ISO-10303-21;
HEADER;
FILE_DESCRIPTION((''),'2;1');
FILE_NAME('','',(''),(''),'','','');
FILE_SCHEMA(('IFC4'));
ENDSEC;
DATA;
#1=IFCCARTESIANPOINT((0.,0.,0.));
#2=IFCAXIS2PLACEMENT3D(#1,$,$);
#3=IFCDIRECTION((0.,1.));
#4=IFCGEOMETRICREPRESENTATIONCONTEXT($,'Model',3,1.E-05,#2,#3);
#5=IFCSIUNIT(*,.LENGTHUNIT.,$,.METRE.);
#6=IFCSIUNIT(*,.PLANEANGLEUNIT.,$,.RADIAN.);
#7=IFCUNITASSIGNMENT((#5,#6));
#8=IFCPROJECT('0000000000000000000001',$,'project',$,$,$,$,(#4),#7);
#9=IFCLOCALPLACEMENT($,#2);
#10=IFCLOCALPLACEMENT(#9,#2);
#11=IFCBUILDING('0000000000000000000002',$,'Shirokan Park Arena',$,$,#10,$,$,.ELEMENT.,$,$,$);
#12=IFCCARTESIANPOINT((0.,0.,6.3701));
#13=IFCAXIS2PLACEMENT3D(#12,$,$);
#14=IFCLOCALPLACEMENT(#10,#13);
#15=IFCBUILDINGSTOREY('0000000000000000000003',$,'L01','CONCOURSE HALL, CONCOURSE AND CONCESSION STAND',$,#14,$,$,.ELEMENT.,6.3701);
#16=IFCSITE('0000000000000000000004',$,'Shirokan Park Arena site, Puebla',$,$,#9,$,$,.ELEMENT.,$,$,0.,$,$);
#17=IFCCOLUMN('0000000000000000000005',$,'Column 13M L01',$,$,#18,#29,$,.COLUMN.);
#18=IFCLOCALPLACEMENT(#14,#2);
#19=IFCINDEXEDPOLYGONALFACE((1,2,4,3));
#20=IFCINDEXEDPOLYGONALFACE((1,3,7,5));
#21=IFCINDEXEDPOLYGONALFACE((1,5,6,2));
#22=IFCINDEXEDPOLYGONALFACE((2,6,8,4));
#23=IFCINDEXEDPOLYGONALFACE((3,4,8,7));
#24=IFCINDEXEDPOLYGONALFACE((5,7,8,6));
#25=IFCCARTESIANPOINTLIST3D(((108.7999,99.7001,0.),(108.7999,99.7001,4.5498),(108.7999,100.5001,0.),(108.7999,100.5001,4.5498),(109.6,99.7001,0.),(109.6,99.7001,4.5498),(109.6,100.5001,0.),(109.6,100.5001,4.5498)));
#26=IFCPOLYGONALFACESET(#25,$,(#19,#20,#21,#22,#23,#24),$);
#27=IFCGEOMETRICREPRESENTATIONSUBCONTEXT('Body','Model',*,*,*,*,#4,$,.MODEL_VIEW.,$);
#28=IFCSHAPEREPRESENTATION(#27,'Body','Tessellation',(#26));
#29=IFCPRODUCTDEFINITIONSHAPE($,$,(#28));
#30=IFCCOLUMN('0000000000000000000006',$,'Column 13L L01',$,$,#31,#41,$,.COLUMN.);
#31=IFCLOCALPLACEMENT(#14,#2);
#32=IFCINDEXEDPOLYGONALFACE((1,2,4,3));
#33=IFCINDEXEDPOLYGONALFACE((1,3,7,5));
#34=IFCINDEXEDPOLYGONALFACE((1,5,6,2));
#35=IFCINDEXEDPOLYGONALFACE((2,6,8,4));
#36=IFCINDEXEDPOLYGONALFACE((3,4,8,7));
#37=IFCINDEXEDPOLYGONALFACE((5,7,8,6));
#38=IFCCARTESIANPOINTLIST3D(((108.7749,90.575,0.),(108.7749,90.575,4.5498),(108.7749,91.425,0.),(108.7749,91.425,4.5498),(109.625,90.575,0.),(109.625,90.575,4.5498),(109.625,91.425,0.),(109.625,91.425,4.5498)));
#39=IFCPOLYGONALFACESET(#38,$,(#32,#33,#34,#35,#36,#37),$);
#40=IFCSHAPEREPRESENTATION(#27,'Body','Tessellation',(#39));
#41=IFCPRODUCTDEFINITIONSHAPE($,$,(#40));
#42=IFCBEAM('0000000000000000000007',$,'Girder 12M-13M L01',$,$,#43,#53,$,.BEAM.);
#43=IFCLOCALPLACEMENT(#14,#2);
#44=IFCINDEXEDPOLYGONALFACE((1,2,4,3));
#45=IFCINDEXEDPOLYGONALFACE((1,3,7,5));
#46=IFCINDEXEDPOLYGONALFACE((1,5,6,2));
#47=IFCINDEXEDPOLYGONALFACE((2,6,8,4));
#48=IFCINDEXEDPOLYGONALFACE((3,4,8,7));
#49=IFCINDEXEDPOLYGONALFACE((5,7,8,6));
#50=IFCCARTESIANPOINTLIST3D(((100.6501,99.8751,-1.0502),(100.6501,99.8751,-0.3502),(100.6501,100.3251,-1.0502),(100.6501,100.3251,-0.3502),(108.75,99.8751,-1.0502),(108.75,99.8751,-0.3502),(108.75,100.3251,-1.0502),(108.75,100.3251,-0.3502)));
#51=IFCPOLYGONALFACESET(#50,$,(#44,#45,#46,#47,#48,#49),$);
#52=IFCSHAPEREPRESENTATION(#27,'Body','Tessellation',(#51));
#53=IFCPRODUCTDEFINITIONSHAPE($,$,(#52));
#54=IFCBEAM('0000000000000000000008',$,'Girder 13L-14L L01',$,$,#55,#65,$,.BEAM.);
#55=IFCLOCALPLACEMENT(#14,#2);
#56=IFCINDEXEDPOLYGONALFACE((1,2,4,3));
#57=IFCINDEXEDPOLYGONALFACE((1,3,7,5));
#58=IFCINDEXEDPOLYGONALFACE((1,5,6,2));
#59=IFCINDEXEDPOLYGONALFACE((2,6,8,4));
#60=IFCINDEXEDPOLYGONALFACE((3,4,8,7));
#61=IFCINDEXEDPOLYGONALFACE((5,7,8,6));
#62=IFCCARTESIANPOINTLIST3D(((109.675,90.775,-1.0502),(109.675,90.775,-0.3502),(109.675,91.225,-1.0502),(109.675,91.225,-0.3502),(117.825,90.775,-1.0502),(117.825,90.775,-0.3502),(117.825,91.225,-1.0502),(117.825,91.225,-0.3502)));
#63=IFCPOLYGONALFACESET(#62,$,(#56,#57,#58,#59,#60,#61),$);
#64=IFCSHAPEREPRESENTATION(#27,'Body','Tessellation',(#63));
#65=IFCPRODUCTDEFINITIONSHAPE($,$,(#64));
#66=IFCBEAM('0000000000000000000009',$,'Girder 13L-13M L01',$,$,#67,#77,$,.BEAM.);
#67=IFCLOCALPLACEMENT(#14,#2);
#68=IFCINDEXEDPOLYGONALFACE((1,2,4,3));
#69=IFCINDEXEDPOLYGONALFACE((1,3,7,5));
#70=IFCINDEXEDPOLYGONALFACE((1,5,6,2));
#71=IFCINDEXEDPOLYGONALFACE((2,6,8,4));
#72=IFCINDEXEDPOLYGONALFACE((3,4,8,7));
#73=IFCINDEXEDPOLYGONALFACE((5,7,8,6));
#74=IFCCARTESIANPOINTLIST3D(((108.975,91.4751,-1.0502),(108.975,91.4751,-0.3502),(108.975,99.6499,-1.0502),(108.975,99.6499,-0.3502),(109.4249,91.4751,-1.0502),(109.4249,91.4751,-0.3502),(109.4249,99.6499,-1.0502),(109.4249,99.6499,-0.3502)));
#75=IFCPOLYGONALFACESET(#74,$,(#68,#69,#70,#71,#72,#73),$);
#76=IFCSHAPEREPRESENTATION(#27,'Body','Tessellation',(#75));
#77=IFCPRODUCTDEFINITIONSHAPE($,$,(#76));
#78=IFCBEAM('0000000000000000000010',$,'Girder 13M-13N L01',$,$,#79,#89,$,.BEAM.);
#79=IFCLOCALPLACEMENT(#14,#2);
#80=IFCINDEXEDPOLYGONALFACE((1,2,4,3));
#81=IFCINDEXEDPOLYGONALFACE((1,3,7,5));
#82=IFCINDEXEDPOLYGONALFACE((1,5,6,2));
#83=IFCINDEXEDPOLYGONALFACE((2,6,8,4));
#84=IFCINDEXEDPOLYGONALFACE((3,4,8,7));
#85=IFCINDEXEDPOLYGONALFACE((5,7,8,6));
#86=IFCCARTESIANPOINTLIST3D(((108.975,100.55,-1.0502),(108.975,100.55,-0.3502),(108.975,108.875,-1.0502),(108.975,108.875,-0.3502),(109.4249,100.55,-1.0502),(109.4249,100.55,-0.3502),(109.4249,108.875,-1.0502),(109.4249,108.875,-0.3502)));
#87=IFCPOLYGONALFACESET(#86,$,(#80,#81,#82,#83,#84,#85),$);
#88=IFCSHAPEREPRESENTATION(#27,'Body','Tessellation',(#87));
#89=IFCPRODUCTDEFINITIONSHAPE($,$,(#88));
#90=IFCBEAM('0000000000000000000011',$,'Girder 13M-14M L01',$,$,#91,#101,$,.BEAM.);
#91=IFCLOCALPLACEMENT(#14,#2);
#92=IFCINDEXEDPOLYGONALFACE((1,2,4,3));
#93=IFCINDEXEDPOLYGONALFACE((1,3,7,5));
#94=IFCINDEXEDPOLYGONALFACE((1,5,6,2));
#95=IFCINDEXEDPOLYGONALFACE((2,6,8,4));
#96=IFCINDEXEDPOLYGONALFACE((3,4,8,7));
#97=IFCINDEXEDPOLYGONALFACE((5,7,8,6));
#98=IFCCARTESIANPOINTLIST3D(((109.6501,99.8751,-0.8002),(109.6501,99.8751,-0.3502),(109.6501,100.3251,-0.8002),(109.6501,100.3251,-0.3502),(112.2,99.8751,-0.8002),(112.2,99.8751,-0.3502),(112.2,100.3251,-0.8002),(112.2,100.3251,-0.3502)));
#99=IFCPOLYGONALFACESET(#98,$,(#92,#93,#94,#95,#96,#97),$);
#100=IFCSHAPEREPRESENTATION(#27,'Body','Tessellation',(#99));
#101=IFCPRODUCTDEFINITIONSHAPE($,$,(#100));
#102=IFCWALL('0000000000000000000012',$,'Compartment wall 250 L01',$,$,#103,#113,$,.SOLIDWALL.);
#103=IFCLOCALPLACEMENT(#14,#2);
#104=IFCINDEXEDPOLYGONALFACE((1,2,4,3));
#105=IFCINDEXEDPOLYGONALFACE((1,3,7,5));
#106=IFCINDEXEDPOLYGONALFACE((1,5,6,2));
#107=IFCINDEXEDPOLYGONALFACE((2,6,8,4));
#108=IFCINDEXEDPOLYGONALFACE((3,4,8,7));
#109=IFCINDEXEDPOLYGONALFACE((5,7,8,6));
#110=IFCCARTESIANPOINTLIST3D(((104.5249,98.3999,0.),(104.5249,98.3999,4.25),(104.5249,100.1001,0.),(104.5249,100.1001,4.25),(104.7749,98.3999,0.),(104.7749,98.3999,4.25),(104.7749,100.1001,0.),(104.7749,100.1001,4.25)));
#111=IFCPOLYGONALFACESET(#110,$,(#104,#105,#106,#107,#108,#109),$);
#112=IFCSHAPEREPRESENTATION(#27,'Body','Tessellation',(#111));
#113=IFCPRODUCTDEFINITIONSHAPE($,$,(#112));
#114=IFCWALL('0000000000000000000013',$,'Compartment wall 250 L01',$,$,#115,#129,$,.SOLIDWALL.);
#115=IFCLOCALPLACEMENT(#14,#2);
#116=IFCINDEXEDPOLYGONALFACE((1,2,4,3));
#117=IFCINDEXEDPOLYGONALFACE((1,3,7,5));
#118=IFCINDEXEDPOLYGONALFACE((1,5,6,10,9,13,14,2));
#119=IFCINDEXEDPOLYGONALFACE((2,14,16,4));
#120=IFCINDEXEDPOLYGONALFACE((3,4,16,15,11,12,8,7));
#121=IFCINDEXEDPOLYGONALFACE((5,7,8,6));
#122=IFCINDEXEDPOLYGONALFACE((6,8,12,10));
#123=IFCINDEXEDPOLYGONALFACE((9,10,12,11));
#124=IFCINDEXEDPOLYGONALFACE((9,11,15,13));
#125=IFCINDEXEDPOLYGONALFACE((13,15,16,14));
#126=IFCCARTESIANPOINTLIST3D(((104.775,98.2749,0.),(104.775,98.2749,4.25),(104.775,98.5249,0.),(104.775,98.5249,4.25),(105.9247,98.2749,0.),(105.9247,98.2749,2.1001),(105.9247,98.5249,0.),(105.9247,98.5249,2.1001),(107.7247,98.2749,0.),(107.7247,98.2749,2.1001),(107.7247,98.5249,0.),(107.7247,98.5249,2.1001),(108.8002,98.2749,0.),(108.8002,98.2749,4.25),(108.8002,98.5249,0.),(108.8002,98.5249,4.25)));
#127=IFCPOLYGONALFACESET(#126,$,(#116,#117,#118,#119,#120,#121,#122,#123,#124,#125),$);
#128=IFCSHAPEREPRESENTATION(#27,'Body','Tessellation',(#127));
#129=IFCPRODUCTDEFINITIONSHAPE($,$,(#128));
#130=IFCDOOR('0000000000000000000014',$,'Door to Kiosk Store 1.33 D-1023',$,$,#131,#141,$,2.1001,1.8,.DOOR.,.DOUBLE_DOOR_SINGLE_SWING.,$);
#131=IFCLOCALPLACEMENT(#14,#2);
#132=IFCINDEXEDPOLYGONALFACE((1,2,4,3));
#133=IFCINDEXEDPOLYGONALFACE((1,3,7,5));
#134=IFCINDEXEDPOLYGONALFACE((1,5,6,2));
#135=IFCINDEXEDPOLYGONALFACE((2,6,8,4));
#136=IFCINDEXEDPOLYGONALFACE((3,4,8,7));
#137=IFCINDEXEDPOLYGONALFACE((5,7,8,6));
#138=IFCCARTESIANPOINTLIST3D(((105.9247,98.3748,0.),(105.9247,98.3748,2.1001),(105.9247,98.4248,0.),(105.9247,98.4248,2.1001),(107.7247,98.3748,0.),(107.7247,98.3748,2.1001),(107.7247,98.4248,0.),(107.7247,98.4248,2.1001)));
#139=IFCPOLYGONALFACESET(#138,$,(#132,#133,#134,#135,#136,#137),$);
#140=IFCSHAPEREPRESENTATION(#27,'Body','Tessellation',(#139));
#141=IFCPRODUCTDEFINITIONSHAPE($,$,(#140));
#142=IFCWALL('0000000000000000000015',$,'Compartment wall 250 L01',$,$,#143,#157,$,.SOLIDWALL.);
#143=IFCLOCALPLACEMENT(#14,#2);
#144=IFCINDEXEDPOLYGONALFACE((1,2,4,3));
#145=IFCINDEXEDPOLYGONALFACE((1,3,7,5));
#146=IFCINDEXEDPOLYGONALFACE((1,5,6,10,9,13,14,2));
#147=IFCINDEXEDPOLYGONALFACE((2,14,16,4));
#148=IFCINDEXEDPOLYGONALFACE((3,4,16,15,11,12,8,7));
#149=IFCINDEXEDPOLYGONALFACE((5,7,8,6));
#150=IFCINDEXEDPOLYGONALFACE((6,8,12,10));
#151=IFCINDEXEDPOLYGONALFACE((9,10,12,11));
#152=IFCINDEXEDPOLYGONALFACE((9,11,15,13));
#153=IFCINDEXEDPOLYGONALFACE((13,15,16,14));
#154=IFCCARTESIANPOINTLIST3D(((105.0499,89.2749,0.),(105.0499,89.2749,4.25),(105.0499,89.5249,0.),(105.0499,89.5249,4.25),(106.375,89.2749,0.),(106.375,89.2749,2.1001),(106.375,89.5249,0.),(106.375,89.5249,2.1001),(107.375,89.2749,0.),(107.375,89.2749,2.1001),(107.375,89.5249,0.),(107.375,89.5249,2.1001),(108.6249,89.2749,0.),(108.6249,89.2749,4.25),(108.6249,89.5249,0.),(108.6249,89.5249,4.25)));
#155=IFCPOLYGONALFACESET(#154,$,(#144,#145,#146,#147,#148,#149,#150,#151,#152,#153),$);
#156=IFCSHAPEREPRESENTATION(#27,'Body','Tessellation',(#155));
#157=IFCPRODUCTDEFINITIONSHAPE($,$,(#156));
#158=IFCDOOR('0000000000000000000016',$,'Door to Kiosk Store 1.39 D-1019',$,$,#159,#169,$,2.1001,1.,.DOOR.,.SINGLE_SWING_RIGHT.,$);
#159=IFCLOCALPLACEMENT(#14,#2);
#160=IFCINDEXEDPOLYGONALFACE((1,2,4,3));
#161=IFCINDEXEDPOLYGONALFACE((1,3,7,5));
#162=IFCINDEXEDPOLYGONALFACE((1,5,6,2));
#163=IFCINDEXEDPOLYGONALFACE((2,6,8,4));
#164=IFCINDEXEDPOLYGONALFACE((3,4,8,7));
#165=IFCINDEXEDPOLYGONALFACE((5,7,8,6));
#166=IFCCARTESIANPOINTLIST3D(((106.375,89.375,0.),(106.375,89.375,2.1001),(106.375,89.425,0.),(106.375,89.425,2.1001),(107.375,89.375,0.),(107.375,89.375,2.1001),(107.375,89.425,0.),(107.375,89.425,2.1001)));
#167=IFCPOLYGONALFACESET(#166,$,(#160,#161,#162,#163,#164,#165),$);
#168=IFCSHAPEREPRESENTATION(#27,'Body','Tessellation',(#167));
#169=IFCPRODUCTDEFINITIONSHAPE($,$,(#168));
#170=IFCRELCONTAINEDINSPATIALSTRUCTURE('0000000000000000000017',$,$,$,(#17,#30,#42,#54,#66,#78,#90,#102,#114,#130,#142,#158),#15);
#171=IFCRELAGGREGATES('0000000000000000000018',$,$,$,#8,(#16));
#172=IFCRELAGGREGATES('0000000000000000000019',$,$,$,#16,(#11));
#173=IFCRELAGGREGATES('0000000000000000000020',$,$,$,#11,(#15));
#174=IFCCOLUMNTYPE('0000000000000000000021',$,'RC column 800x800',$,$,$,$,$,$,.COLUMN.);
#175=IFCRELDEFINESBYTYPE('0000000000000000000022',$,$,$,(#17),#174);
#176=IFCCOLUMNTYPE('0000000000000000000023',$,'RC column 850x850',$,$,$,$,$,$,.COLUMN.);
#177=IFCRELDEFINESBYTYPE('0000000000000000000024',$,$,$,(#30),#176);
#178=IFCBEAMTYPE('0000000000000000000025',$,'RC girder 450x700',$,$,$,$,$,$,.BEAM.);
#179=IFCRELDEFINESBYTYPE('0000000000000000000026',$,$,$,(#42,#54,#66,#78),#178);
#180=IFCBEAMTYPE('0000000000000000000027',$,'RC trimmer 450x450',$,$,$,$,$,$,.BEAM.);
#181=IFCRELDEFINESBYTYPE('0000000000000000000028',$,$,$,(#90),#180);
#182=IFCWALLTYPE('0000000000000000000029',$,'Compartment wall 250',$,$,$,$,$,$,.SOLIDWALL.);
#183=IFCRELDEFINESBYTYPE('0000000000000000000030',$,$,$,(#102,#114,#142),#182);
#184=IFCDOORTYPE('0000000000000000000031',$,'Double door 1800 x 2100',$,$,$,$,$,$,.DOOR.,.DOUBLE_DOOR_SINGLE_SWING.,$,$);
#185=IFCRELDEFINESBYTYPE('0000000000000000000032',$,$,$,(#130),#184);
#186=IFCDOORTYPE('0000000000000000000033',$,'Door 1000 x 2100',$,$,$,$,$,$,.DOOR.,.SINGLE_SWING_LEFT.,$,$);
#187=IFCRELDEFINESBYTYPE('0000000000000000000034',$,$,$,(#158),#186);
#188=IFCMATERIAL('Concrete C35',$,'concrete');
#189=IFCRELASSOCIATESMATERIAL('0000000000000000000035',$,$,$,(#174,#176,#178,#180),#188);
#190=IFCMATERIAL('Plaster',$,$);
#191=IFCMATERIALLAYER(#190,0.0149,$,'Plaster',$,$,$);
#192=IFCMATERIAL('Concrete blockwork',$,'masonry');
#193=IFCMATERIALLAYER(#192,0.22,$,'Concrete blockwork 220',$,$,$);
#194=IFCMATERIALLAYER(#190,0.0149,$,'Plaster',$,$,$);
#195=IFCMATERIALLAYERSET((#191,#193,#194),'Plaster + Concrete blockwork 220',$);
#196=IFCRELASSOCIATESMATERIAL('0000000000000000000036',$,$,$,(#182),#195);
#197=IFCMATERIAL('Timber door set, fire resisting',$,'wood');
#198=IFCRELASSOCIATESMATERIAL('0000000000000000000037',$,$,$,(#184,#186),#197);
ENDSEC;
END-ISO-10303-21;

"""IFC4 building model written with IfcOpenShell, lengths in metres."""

from ifc_helpers import new_model, si_unit, direction, frame, frame_2d, origin, origin_2d, place, context, subcontext, project, spatial, rectangle, extrude, material, layer, layer_set, material_profile, profile_set, type_object, element, fill, save


model = new_model("IFC4")

# Units and contexts
model_context = context("Model", 3, precision=1e-05, world=origin(), true_north=direction((0.0, 1.0)))
body_context = subcontext(model_context, "Body", "Model", "MODEL_VIEW")
ifc_project = project(units=[si_unit("LENGTHUNIT", "METRE"), si_unit("PLANEANGLEUNIT", "RADIAN")], contexts=[model_context])

# Site, building, storey
site_placement = place(None, origin())
site = spatial("IfcSite", under=ifc_project, at=site_placement, Name="Shirokan Park Arena site, Puebla", CompositionType="ELEMENT", RefElevation=0.0)
building_placement = place(site_placement, origin())
building = spatial("IfcBuilding", under=site, at=building_placement, Name="Shirokan Park Arena", CompositionType="ELEMENT")
storey_placement = place(building_placement, frame((0.0, 0.0, 6.3701)))
storey = spatial("IfcBuildingStorey", under=building, at=storey_placement, Name="L01", Description="CONCOURSE HALL, CONCOURSE AND CONCESSION STAND", CompositionType="ELEMENT", Elevation=6.3701)

# Columns
ifc_material_1 = material(Name="Concrete C35", Category="concrete")
ifc_material_profile_1 = material_profile(ifc_material_1, rectangle(XDim=0.8, YDim=0.8, at=origin_2d()), Name="800x800")
ifc_profile_set_1 = profile_set([ifc_material_profile_1], Name="Concrete C35")
column_type_1 = type_object("IfcColumnType", Name="RC column 800x800", PredefinedType="COLUMN", material=ifc_profile_set_1)
column_1_placement = place(storey_placement, frame((109.2, 100.1001, 0.0), z_axis=(0.0, 0.0, 1.0), x_axis=(1.0, 0.0, 0.0)))
element("IfcColumn", 1, at=column_1_placement, inside=storey, type_object=column_type_1, Name="Column 13M L01", PredefinedType="COLUMN", context=body_context, shape_type="SweptSolid", body=[
    extrude(rectangle(XDim=0.8, YDim=0.8, at=origin_2d()), origin(), (0.0, 0.0, 1.0), 4.5498),
])
ifc_material_profile_2 = material_profile(ifc_material_1, rectangle(XDim=0.8501, YDim=0.8501, at=origin_2d()), Name="850x850")
ifc_profile_set_2 = profile_set([ifc_material_profile_2], Name="Concrete C35")
column_type_2 = type_object("IfcColumnType", Name="RC column 850x850", PredefinedType="COLUMN", material=ifc_profile_set_2)
column_2_placement = place(storey_placement, frame((109.2, 91.0, 0.0), z_axis=(0.0, 0.0, 1.0), x_axis=(1.0, 0.0, 0.0)))
element("IfcColumn", 2, at=column_2_placement, inside=storey, type_object=column_type_2, Name="Column 13L L01", PredefinedType="COLUMN", context=body_context, shape_type="SweptSolid", body=[
    extrude(rectangle(XDim=0.8501, YDim=0.8501, at=origin_2d()), origin(), (0.0, 0.0, 1.0), 4.5498),
])

# Beams
ifc_material_profile_3 = material_profile(ifc_material_1, rectangle(XDim=0.45, YDim=0.7, at=origin_2d()), Name="450x700")
ifc_profile_set_3 = profile_set([ifc_material_profile_3], Name="Concrete C35")
beam_type_1 = type_object("IfcBeamType", Name="RC girder 450x700", PredefinedType="BEAM", material=ifc_profile_set_3)
beam_1_placement = place(storey_placement, frame((100.6501, 100.1001, -0.7002), z_axis=(1.0, 0.0, 0.0), x_axis=(0.0, 1.0, 0.0)))
element("IfcBeam", 3, at=beam_1_placement, inside=storey, type_object=beam_type_1, Name="Girder 12M-13M L01", PredefinedType="BEAM", context=body_context, shape_type="SweptSolid", body=[
    extrude(rectangle(XDim=0.45, YDim=0.7, at=origin_2d()), origin(), (0.0, 0.0, 1.0), 8.0999),
])
beam_2_placement = place(storey_placement, frame((109.675, 91.0, -0.7002), z_axis=(1.0, 0.0, 0.0), x_axis=(0.0, 1.0, 0.0)))
element("IfcBeam", 4, at=beam_2_placement, inside=storey, type_object=beam_type_1, Name="Girder 13L-14L L01", PredefinedType="BEAM", context=body_context, shape_type="SweptSolid", body=[
    extrude(rectangle(XDim=0.45, YDim=0.7, at=origin_2d()), origin(), (0.0, 0.0, 1.0), 8.1499),
])
beam_3_placement = place(storey_placement, frame((109.2, 91.4751, -0.7002), z_axis=(0.0, 1.0, 0.0), x_axis=(-1.0, 0.0, 0.0)))
element("IfcBeam", 5, at=beam_3_placement, inside=storey, type_object=beam_type_1, Name="Girder 13L-13M L01", PredefinedType="BEAM", context=body_context, shape_type="SweptSolid", body=[
    extrude(rectangle(XDim=0.45, YDim=0.7, at=origin_2d()), origin(), (0.0, 0.0, 1.0), 8.1748),
])
beam_4_placement = place(storey_placement, frame((109.2, 100.55, -0.7002), z_axis=(0.0, 1.0, 0.0), x_axis=(-1.0, 0.0, 0.0)))
element("IfcBeam", 6, at=beam_4_placement, inside=storey, type_object=beam_type_1, Name="Girder 13M-13N L01", PredefinedType="BEAM", context=body_context, shape_type="SweptSolid", body=[
    extrude(rectangle(XDim=0.45, YDim=0.7, at=origin_2d()), origin(), (0.0, 0.0, 1.0), 8.325),
])
ifc_material_profile_4 = material_profile(ifc_material_1, rectangle(XDim=0.45, YDim=0.45, at=origin_2d()), Name="450x450")
ifc_profile_set_4 = profile_set([ifc_material_profile_4], Name="Concrete C35")
beam_type_2 = type_object("IfcBeamType", Name="RC trimmer 450x450", PredefinedType="BEAM", material=ifc_profile_set_4)
beam_5_placement = place(storey_placement, frame((109.6501, 100.1001, -0.5752), z_axis=(1.0, 0.0, 0.0), x_axis=(0.0, 1.0, 0.0)))
element("IfcBeam", 7, at=beam_5_placement, inside=storey, type_object=beam_type_2, Name="Girder 13M-14M L01", PredefinedType="BEAM", context=body_context, shape_type="SweptSolid", body=[
    extrude(rectangle(XDim=0.45, YDim=0.45, at=origin_2d()), origin(), (0.0, 0.0, 1.0), 2.5498),
])

# Wall
ifc_material_2 = material(Name="Plaster")
ifc_layer_1 = layer(ifc_material_2, 0.0149, Name="Plaster")
ifc_material_3 = material(Name="Concrete blockwork", Category="masonry")
ifc_layer_2 = layer(ifc_material_3, 0.22, Name="Concrete blockwork 220")
ifc_layer_3 = layer(ifc_material_2, 0.0149, Name="Plaster")
ifc_layer_set_1 = layer_set([ifc_layer_1, ifc_layer_2, ifc_layer_3], Name="Plaster + Concrete blockwork 220")
wall_type_1 = type_object("IfcWallType", Name="Compartment wall 250", PredefinedType="SOLIDWALL", material=ifc_layer_set_1)
wall_1_placement = place(storey_placement, frame((104.6499, 98.3999, 0.0), z_axis=(0.0, 0.0, 1.0), x_axis=(0.0, 1.0, 0.0)))
element("IfcWall", 8, at=wall_1_placement, inside=storey, type_object=wall_type_1, Name="Compartment wall 250 L01", PredefinedType="SOLIDWALL", context=body_context, shape_type="SweptSolid", body=[
    extrude(rectangle(XDim=1.7002, YDim=0.25, at=frame_2d((0.8501, 0.0))), origin(), (0.0, 0.0, 1.0), 4.25),
])

# Walls, openings, doors
wall_2_placement = place(storey_placement, frame((104.7749, 98.3999, 0.0), z_axis=(0.0, 0.0, 1.0), x_axis=(1.0, 0.0, 0.0)))
wall_2 = element("IfcWall", 9, at=wall_2_placement, inside=storey, type_object=wall_type_1, Name="Compartment wall 250 L01", PredefinedType="SOLIDWALL", context=body_context, shape_type="SweptSolid", body=[
    extrude(rectangle(XDim=4.0251, YDim=0.25, at=frame_2d((2.0127, 0.0))), origin(), (0.0, 0.0, 1.0), 4.25),
])
opening_1_placement = place(wall_2_placement, frame((1.1499, 0.0, 0.0)))
opening_1 = element("IfcOpeningElement", 10, at=opening_1_placement, cuts=wall_2, PredefinedType="OPENING", context=body_context, shape_type="SweptSolid", body=[
    extrude(rectangle(XDim=1.8, YDim=2.1001, at=frame_2d((0.8999, 1.05))), frame((0.0, 0.135, 0.0), z_axis=(0.0, -1.0, 0.0), x_axis=(1.0, 0.0, 0.0)), (0.0, 0.0, 1.0), 0.27),
])
ifc_material_4 = material(Name="Timber door set, fire resisting", Category="wood")
door_type_1 = type_object("IfcDoorType", Name="Double door 1800 x 2100", OperationType="DOUBLE_DOOR_SINGLE_SWING", PredefinedType="DOOR", material=ifc_material_4)
door_1_placement = place(opening_1_placement, origin())
door_1 = element("IfcDoor", 11, at=door_1_placement, inside=storey, type_object=door_type_1, Name="Door to Kiosk Store 1.33 D-1023", OperationType="DOUBLE_DOOR_SINGLE_SWING", OverallHeight=2.1001, OverallWidth=1.8, PredefinedType="DOOR", context=body_context, shape_type="SweptSolid", body=[
    extrude(rectangle(XDim=1.8, YDim=2.1001, at=frame_2d((0.8999, 1.05))), frame((0.0, 0.0249, 0.0), z_axis=(0.0, -1.0, 0.0), x_axis=(1.0, 0.0, 0.0)), (0.0, 0.0, 1.0), 0.05),
])
fill(opening_1, door_1)
wall_3_placement = place(storey_placement, frame((108.625, 89.3999, 0.0), z_axis=(0.0, 0.0, 1.0), x_axis=(-1.0, 0.0, 0.0)))
wall_3 = element("IfcWall", 12, at=wall_3_placement, inside=storey, type_object=wall_type_1, Name="Compartment wall 250 L01", PredefinedType="SOLIDWALL", context=body_context, shape_type="SweptSolid", body=[
    extrude(rectangle(XDim=3.575, YDim=0.25, at=frame_2d((1.7876, 0.0))), origin(), (0.0, 0.0, 1.0), 4.25),
])
opening_2_placement = place(wall_3_placement, frame((1.25, 0.0, 0.0)))
opening_2 = element("IfcOpeningElement", 13, at=opening_2_placement, cuts=wall_3, PredefinedType="OPENING", context=body_context, shape_type="SweptSolid", body=[
    extrude(rectangle(XDim=1.0, YDim=2.1001, at=frame_2d((0.5, 1.05))), frame((0.0, 0.135, 0.0), z_axis=(0.0, -1.0, 0.0), x_axis=(1.0, 0.0, 0.0)), (0.0, 0.0, 1.0), 0.27),
])
door_type_2 = type_object("IfcDoorType", Name="Door 1000 x 2100", OperationType="SINGLE_SWING_LEFT", PredefinedType="DOOR", material=ifc_material_4)
door_2_placement = place(opening_2_placement, origin())
door_2 = element("IfcDoor", 14, at=door_2_placement, inside=storey, type_object=door_type_2, Name="Door to Kiosk Store 1.39 D-1019", OperationType="SINGLE_SWING_RIGHT", OverallHeight=2.1001, OverallWidth=1.0, PredefinedType="DOOR", context=body_context, shape_type="SweptSolid", body=[
    extrude(rectangle(XDim=1.0, YDim=2.1001, at=frame_2d((0.5, 1.05))), frame((0.0, 0.0249, 0.0), z_axis=(0.0, -1.0, 0.0), x_axis=(1.0, 0.0, 0.0)), (0.0, 0.0, 1.0), 0.05),
])
fill(opening_2, door_2)

save(model, "model.ifc")
